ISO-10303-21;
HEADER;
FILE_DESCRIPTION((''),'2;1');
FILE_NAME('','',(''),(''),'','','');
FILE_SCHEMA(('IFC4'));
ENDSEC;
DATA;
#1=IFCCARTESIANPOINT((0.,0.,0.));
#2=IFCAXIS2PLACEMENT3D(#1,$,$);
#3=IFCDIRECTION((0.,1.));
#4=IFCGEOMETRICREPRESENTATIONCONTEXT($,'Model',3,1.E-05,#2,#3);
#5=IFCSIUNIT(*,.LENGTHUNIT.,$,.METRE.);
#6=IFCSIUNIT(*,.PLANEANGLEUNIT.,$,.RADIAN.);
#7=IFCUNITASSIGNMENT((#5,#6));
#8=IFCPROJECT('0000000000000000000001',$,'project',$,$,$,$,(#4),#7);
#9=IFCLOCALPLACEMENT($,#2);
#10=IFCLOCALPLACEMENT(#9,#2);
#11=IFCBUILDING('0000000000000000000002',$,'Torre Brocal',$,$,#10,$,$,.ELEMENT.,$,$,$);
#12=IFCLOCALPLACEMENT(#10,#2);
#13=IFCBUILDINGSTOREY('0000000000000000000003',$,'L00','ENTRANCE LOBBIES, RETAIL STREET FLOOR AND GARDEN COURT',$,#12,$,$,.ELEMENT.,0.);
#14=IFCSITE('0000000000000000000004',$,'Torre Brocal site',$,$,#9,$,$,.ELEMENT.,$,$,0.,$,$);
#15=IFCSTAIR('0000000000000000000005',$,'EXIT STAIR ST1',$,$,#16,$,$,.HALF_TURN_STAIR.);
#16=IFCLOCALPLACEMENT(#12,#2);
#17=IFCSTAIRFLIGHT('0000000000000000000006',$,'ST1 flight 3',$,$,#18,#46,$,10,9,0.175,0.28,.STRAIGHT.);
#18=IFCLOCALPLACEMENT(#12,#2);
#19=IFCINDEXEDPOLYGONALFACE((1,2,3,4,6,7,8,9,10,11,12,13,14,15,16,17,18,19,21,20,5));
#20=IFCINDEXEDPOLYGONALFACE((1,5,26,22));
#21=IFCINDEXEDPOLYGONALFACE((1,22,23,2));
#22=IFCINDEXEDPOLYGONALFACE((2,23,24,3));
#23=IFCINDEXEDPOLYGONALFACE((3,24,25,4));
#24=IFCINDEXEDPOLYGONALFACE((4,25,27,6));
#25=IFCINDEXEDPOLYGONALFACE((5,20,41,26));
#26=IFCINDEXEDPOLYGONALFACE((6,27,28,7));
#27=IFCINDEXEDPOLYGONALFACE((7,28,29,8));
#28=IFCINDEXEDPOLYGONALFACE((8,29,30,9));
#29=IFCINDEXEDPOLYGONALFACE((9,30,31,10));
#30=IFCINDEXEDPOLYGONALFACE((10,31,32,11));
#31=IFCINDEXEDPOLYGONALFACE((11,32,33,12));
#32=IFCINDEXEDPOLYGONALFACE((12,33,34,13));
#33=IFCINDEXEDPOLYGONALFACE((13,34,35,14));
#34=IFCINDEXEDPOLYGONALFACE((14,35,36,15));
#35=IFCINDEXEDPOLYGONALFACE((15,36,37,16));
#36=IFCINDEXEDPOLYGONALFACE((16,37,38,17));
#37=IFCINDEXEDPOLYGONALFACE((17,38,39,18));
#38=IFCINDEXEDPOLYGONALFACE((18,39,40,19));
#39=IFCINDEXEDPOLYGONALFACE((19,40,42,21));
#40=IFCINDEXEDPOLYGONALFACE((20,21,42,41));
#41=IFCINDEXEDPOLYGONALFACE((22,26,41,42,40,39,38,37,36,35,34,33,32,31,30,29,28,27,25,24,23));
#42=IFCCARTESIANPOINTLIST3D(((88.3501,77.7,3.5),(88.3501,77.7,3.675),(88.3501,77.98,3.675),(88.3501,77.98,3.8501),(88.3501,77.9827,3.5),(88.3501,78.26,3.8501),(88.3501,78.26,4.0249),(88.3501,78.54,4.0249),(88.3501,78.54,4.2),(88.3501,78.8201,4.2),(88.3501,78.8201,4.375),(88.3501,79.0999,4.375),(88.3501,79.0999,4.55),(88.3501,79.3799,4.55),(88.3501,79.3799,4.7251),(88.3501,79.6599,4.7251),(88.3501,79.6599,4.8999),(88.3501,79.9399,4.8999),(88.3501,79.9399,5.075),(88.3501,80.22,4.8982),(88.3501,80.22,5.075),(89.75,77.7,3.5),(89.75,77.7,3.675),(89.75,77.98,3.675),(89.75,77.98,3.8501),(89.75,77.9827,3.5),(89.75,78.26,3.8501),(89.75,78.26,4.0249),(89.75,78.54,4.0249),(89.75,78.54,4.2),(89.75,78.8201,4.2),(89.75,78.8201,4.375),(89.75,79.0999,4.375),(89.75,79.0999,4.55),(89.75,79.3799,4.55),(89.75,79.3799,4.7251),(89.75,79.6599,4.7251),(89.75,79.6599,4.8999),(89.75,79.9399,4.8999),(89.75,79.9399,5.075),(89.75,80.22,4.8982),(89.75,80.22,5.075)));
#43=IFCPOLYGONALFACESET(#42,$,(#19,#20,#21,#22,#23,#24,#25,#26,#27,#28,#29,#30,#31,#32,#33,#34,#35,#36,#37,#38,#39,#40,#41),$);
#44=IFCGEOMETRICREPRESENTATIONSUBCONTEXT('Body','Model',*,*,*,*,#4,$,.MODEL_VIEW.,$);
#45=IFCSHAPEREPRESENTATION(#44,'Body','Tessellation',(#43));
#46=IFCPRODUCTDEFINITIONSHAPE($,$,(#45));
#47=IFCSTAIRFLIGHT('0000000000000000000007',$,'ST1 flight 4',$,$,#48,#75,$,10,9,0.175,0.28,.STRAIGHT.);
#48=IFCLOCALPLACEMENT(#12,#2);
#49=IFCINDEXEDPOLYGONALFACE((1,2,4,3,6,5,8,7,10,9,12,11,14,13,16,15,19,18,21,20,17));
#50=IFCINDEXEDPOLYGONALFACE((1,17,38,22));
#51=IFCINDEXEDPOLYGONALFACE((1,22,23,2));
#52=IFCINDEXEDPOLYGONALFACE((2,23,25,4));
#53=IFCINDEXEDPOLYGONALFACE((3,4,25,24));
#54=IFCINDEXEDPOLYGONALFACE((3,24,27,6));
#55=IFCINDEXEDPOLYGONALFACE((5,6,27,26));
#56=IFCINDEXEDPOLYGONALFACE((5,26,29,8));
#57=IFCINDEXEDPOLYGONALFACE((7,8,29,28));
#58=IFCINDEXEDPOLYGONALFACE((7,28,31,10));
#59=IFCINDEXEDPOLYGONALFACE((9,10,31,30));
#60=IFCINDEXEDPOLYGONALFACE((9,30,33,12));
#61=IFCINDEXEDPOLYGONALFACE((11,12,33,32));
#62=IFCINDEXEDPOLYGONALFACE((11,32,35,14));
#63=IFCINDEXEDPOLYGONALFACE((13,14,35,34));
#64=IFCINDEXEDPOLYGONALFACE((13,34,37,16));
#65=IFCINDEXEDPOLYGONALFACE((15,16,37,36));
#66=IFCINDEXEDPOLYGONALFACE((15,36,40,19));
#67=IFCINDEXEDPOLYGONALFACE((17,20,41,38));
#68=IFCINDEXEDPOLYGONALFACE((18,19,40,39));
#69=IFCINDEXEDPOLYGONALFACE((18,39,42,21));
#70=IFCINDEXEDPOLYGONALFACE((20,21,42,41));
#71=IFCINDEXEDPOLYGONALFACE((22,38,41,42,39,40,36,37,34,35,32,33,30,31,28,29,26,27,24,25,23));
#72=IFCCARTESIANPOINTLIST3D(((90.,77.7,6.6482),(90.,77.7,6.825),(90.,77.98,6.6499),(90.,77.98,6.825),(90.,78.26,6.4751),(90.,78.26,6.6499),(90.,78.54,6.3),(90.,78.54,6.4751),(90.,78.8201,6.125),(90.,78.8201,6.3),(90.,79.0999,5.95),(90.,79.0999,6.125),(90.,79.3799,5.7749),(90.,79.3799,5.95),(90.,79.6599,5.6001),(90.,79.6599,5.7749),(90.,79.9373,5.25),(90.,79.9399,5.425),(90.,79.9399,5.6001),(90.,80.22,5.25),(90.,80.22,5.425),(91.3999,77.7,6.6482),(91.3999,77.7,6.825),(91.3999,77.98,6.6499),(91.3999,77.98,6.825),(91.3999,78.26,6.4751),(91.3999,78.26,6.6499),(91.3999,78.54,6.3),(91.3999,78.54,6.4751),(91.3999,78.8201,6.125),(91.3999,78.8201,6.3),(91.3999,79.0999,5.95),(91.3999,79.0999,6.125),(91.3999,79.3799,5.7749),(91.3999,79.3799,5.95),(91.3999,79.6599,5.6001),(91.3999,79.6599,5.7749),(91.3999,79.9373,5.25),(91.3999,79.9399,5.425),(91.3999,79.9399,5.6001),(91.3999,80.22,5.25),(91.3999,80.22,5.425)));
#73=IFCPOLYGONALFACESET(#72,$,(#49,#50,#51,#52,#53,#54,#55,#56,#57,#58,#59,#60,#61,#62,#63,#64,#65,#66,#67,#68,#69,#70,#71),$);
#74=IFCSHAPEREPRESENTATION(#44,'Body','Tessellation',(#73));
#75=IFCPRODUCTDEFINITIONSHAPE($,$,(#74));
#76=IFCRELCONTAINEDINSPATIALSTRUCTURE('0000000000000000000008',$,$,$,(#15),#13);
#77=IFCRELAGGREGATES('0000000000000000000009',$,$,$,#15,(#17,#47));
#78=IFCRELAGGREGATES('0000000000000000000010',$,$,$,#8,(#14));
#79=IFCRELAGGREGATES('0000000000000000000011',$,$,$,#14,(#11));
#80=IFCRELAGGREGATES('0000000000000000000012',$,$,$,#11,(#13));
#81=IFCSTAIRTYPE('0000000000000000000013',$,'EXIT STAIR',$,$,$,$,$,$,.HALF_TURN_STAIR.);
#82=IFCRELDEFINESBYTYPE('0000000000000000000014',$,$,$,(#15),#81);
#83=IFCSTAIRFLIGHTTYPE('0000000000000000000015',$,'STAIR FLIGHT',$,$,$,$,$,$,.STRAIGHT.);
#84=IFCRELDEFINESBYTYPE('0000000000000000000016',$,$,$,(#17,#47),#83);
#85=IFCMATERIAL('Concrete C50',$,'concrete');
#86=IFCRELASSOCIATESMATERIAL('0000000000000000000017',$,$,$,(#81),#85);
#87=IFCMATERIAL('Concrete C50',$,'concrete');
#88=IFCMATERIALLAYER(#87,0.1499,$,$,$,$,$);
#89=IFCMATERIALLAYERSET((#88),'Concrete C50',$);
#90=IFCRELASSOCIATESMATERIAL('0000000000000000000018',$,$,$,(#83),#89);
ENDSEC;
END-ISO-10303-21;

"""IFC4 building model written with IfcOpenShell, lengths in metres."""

from ifc_helpers import new_model, si_unit, direction, frame, origin, place, context, subcontext, project, spatial, polyline, outline, extrude, material, layer, layer_set, type_object, element, aggregate, save


model = new_model("IFC4")

# Units and contexts
model_context = context("Model", 3, precision=1e-05, world=origin(), true_north=direction((0.0, 1.0)))
body_context = subcontext(model_context, "Body", "Model", "MODEL_VIEW")
ifc_project = project(units=[si_unit("LENGTHUNIT", "METRE"), si_unit("PLANEANGLEUNIT", "RADIAN")], contexts=[model_context])

# Site, building, storey
site_placement = place(None, origin())
site = spatial("IfcSite", under=ifc_project, at=site_placement, Name="Torre Brocal site", CompositionType="ELEMENT", RefElevation=0.0)
building_placement = place(site_placement, origin())
building = spatial("IfcBuilding", under=site, at=building_placement, Name="Torre Brocal", CompositionType="ELEMENT")
storey_placement = place(building_placement, origin())
storey = spatial("IfcBuildingStorey", under=building, at=storey_placement, Name="L00", Description="ENTRANCE LOBBIES, RETAIL STREET FLOOR AND GARDEN COURT", CompositionType="ELEMENT", Elevation=0.0)

# Stair, stair flights
ifc_material_1 = material(Name="Concrete C50", Category="concrete")
stair_type = type_object("IfcStairType", Name="EXIT STAIR", PredefinedType="HALF_TURN_STAIR", material=ifc_material_1)
stair_placement = place(storey_placement, origin())
stair = element("IfcStair", 1, at=stair_placement, inside=storey, type_object=stair_type, Name="EXIT STAIR ST1", PredefinedType="HALF_TURN_STAIR")
ifc_material_2 = material(Name="Concrete C50", Category="concrete")
ifc_layer_1 = layer(ifc_material_2, 0.1499)
ifc_layer_set_1 = layer_set([ifc_layer_1], Name="Concrete C50")
stair_flight_type = type_object("IfcStairFlightType", Name="STAIR FLIGHT", PredefinedType="STRAIGHT", material=ifc_layer_set_1)
stair_flight_1_placement = place(storey_placement, frame((89.05, 77.7, 3.5), z_axis=(0.0, 0.0, 1.0), x_axis=(0.0, 1.0, 0.0)))
stair_flight_1 = element("IfcStairFlight", 2, at=stair_flight_1_placement, type_object=stair_flight_type, Name="ST1 flight 3", NumberOfRisers=10, NumberOfTreads=9, PredefinedType="STRAIGHT", RiserHeight=0.175, TreadLength=0.28, context=body_context, shape_type="SweptSolid", body=[
    extrude(outline(polyline([(0.0, 0.0), (0.0, 0.175), (0.28, 0.175), (0.28, 0.3501), (0.5601, 0.3501), (0.5601, 0.5249), (0.8401, 0.5249), (0.8401, 0.7), (1.1201, 0.7), (1.1201, 0.875), (1.3999, 0.875), (1.3999, 1.05), (1.6799, 1.05), (1.6799, 1.2251), (1.96, 1.2251), (1.96, 1.3999), (2.24, 1.3999), (2.24, 1.575), (2.52, 1.575), (2.52, 1.75), (2.52, 1.3982), (0.2827, 0.0), (0.0, 0.0)])), frame((0.0, 0.7, 0.0), z_axis=(0.0, -1.0, 0.0), x_axis=(1.0, 0.0, 0.0)), (0.0, 0.0, 1.0), 1.3999),
])
stair_flight_2_placement = place(storey_placement, frame((90.7, 80.22, 5.25), z_axis=(0.0, 0.0, 1.0), x_axis=(0.0, -1.0, 0.0)))
stair_flight_2 = element("IfcStairFlight", 3, at=stair_flight_2_placement, type_object=stair_flight_type, Name="ST1 flight 4", NumberOfRisers=10, NumberOfTreads=9, PredefinedType="STRAIGHT", RiserHeight=0.175, TreadLength=0.28, context=body_context, shape_type="SweptSolid", body=[
    extrude(outline(polyline([(0.0, 0.0), (0.0, 0.175), (0.28, 0.175), (0.28, 0.3501), (0.5601, 0.3501), (0.5601, 0.5249), (0.8401, 0.5249), (0.8401, 0.7), (1.1201, 0.7), (1.1201, 0.875), (1.3999, 0.875), (1.3999, 1.05), (1.6799, 1.05), (1.6799, 1.2251), (1.96, 1.2251), (1.96, 1.3999), (2.24, 1.3999), (2.24, 1.575), (2.52, 1.575), (2.52, 1.75), (2.52, 1.3982), (0.2827, 0.0), (0.0, 0.0)])), frame((0.0, 0.7, 0.0), z_axis=(0.0, -1.0, 0.0), x_axis=(1.0, 0.0, 0.0)), (0.0, 0.0, 1.0), 1.3999),
])
aggregate(stair, [stair_flight_1, stair_flight_2])

save(model, "model.ifc")
